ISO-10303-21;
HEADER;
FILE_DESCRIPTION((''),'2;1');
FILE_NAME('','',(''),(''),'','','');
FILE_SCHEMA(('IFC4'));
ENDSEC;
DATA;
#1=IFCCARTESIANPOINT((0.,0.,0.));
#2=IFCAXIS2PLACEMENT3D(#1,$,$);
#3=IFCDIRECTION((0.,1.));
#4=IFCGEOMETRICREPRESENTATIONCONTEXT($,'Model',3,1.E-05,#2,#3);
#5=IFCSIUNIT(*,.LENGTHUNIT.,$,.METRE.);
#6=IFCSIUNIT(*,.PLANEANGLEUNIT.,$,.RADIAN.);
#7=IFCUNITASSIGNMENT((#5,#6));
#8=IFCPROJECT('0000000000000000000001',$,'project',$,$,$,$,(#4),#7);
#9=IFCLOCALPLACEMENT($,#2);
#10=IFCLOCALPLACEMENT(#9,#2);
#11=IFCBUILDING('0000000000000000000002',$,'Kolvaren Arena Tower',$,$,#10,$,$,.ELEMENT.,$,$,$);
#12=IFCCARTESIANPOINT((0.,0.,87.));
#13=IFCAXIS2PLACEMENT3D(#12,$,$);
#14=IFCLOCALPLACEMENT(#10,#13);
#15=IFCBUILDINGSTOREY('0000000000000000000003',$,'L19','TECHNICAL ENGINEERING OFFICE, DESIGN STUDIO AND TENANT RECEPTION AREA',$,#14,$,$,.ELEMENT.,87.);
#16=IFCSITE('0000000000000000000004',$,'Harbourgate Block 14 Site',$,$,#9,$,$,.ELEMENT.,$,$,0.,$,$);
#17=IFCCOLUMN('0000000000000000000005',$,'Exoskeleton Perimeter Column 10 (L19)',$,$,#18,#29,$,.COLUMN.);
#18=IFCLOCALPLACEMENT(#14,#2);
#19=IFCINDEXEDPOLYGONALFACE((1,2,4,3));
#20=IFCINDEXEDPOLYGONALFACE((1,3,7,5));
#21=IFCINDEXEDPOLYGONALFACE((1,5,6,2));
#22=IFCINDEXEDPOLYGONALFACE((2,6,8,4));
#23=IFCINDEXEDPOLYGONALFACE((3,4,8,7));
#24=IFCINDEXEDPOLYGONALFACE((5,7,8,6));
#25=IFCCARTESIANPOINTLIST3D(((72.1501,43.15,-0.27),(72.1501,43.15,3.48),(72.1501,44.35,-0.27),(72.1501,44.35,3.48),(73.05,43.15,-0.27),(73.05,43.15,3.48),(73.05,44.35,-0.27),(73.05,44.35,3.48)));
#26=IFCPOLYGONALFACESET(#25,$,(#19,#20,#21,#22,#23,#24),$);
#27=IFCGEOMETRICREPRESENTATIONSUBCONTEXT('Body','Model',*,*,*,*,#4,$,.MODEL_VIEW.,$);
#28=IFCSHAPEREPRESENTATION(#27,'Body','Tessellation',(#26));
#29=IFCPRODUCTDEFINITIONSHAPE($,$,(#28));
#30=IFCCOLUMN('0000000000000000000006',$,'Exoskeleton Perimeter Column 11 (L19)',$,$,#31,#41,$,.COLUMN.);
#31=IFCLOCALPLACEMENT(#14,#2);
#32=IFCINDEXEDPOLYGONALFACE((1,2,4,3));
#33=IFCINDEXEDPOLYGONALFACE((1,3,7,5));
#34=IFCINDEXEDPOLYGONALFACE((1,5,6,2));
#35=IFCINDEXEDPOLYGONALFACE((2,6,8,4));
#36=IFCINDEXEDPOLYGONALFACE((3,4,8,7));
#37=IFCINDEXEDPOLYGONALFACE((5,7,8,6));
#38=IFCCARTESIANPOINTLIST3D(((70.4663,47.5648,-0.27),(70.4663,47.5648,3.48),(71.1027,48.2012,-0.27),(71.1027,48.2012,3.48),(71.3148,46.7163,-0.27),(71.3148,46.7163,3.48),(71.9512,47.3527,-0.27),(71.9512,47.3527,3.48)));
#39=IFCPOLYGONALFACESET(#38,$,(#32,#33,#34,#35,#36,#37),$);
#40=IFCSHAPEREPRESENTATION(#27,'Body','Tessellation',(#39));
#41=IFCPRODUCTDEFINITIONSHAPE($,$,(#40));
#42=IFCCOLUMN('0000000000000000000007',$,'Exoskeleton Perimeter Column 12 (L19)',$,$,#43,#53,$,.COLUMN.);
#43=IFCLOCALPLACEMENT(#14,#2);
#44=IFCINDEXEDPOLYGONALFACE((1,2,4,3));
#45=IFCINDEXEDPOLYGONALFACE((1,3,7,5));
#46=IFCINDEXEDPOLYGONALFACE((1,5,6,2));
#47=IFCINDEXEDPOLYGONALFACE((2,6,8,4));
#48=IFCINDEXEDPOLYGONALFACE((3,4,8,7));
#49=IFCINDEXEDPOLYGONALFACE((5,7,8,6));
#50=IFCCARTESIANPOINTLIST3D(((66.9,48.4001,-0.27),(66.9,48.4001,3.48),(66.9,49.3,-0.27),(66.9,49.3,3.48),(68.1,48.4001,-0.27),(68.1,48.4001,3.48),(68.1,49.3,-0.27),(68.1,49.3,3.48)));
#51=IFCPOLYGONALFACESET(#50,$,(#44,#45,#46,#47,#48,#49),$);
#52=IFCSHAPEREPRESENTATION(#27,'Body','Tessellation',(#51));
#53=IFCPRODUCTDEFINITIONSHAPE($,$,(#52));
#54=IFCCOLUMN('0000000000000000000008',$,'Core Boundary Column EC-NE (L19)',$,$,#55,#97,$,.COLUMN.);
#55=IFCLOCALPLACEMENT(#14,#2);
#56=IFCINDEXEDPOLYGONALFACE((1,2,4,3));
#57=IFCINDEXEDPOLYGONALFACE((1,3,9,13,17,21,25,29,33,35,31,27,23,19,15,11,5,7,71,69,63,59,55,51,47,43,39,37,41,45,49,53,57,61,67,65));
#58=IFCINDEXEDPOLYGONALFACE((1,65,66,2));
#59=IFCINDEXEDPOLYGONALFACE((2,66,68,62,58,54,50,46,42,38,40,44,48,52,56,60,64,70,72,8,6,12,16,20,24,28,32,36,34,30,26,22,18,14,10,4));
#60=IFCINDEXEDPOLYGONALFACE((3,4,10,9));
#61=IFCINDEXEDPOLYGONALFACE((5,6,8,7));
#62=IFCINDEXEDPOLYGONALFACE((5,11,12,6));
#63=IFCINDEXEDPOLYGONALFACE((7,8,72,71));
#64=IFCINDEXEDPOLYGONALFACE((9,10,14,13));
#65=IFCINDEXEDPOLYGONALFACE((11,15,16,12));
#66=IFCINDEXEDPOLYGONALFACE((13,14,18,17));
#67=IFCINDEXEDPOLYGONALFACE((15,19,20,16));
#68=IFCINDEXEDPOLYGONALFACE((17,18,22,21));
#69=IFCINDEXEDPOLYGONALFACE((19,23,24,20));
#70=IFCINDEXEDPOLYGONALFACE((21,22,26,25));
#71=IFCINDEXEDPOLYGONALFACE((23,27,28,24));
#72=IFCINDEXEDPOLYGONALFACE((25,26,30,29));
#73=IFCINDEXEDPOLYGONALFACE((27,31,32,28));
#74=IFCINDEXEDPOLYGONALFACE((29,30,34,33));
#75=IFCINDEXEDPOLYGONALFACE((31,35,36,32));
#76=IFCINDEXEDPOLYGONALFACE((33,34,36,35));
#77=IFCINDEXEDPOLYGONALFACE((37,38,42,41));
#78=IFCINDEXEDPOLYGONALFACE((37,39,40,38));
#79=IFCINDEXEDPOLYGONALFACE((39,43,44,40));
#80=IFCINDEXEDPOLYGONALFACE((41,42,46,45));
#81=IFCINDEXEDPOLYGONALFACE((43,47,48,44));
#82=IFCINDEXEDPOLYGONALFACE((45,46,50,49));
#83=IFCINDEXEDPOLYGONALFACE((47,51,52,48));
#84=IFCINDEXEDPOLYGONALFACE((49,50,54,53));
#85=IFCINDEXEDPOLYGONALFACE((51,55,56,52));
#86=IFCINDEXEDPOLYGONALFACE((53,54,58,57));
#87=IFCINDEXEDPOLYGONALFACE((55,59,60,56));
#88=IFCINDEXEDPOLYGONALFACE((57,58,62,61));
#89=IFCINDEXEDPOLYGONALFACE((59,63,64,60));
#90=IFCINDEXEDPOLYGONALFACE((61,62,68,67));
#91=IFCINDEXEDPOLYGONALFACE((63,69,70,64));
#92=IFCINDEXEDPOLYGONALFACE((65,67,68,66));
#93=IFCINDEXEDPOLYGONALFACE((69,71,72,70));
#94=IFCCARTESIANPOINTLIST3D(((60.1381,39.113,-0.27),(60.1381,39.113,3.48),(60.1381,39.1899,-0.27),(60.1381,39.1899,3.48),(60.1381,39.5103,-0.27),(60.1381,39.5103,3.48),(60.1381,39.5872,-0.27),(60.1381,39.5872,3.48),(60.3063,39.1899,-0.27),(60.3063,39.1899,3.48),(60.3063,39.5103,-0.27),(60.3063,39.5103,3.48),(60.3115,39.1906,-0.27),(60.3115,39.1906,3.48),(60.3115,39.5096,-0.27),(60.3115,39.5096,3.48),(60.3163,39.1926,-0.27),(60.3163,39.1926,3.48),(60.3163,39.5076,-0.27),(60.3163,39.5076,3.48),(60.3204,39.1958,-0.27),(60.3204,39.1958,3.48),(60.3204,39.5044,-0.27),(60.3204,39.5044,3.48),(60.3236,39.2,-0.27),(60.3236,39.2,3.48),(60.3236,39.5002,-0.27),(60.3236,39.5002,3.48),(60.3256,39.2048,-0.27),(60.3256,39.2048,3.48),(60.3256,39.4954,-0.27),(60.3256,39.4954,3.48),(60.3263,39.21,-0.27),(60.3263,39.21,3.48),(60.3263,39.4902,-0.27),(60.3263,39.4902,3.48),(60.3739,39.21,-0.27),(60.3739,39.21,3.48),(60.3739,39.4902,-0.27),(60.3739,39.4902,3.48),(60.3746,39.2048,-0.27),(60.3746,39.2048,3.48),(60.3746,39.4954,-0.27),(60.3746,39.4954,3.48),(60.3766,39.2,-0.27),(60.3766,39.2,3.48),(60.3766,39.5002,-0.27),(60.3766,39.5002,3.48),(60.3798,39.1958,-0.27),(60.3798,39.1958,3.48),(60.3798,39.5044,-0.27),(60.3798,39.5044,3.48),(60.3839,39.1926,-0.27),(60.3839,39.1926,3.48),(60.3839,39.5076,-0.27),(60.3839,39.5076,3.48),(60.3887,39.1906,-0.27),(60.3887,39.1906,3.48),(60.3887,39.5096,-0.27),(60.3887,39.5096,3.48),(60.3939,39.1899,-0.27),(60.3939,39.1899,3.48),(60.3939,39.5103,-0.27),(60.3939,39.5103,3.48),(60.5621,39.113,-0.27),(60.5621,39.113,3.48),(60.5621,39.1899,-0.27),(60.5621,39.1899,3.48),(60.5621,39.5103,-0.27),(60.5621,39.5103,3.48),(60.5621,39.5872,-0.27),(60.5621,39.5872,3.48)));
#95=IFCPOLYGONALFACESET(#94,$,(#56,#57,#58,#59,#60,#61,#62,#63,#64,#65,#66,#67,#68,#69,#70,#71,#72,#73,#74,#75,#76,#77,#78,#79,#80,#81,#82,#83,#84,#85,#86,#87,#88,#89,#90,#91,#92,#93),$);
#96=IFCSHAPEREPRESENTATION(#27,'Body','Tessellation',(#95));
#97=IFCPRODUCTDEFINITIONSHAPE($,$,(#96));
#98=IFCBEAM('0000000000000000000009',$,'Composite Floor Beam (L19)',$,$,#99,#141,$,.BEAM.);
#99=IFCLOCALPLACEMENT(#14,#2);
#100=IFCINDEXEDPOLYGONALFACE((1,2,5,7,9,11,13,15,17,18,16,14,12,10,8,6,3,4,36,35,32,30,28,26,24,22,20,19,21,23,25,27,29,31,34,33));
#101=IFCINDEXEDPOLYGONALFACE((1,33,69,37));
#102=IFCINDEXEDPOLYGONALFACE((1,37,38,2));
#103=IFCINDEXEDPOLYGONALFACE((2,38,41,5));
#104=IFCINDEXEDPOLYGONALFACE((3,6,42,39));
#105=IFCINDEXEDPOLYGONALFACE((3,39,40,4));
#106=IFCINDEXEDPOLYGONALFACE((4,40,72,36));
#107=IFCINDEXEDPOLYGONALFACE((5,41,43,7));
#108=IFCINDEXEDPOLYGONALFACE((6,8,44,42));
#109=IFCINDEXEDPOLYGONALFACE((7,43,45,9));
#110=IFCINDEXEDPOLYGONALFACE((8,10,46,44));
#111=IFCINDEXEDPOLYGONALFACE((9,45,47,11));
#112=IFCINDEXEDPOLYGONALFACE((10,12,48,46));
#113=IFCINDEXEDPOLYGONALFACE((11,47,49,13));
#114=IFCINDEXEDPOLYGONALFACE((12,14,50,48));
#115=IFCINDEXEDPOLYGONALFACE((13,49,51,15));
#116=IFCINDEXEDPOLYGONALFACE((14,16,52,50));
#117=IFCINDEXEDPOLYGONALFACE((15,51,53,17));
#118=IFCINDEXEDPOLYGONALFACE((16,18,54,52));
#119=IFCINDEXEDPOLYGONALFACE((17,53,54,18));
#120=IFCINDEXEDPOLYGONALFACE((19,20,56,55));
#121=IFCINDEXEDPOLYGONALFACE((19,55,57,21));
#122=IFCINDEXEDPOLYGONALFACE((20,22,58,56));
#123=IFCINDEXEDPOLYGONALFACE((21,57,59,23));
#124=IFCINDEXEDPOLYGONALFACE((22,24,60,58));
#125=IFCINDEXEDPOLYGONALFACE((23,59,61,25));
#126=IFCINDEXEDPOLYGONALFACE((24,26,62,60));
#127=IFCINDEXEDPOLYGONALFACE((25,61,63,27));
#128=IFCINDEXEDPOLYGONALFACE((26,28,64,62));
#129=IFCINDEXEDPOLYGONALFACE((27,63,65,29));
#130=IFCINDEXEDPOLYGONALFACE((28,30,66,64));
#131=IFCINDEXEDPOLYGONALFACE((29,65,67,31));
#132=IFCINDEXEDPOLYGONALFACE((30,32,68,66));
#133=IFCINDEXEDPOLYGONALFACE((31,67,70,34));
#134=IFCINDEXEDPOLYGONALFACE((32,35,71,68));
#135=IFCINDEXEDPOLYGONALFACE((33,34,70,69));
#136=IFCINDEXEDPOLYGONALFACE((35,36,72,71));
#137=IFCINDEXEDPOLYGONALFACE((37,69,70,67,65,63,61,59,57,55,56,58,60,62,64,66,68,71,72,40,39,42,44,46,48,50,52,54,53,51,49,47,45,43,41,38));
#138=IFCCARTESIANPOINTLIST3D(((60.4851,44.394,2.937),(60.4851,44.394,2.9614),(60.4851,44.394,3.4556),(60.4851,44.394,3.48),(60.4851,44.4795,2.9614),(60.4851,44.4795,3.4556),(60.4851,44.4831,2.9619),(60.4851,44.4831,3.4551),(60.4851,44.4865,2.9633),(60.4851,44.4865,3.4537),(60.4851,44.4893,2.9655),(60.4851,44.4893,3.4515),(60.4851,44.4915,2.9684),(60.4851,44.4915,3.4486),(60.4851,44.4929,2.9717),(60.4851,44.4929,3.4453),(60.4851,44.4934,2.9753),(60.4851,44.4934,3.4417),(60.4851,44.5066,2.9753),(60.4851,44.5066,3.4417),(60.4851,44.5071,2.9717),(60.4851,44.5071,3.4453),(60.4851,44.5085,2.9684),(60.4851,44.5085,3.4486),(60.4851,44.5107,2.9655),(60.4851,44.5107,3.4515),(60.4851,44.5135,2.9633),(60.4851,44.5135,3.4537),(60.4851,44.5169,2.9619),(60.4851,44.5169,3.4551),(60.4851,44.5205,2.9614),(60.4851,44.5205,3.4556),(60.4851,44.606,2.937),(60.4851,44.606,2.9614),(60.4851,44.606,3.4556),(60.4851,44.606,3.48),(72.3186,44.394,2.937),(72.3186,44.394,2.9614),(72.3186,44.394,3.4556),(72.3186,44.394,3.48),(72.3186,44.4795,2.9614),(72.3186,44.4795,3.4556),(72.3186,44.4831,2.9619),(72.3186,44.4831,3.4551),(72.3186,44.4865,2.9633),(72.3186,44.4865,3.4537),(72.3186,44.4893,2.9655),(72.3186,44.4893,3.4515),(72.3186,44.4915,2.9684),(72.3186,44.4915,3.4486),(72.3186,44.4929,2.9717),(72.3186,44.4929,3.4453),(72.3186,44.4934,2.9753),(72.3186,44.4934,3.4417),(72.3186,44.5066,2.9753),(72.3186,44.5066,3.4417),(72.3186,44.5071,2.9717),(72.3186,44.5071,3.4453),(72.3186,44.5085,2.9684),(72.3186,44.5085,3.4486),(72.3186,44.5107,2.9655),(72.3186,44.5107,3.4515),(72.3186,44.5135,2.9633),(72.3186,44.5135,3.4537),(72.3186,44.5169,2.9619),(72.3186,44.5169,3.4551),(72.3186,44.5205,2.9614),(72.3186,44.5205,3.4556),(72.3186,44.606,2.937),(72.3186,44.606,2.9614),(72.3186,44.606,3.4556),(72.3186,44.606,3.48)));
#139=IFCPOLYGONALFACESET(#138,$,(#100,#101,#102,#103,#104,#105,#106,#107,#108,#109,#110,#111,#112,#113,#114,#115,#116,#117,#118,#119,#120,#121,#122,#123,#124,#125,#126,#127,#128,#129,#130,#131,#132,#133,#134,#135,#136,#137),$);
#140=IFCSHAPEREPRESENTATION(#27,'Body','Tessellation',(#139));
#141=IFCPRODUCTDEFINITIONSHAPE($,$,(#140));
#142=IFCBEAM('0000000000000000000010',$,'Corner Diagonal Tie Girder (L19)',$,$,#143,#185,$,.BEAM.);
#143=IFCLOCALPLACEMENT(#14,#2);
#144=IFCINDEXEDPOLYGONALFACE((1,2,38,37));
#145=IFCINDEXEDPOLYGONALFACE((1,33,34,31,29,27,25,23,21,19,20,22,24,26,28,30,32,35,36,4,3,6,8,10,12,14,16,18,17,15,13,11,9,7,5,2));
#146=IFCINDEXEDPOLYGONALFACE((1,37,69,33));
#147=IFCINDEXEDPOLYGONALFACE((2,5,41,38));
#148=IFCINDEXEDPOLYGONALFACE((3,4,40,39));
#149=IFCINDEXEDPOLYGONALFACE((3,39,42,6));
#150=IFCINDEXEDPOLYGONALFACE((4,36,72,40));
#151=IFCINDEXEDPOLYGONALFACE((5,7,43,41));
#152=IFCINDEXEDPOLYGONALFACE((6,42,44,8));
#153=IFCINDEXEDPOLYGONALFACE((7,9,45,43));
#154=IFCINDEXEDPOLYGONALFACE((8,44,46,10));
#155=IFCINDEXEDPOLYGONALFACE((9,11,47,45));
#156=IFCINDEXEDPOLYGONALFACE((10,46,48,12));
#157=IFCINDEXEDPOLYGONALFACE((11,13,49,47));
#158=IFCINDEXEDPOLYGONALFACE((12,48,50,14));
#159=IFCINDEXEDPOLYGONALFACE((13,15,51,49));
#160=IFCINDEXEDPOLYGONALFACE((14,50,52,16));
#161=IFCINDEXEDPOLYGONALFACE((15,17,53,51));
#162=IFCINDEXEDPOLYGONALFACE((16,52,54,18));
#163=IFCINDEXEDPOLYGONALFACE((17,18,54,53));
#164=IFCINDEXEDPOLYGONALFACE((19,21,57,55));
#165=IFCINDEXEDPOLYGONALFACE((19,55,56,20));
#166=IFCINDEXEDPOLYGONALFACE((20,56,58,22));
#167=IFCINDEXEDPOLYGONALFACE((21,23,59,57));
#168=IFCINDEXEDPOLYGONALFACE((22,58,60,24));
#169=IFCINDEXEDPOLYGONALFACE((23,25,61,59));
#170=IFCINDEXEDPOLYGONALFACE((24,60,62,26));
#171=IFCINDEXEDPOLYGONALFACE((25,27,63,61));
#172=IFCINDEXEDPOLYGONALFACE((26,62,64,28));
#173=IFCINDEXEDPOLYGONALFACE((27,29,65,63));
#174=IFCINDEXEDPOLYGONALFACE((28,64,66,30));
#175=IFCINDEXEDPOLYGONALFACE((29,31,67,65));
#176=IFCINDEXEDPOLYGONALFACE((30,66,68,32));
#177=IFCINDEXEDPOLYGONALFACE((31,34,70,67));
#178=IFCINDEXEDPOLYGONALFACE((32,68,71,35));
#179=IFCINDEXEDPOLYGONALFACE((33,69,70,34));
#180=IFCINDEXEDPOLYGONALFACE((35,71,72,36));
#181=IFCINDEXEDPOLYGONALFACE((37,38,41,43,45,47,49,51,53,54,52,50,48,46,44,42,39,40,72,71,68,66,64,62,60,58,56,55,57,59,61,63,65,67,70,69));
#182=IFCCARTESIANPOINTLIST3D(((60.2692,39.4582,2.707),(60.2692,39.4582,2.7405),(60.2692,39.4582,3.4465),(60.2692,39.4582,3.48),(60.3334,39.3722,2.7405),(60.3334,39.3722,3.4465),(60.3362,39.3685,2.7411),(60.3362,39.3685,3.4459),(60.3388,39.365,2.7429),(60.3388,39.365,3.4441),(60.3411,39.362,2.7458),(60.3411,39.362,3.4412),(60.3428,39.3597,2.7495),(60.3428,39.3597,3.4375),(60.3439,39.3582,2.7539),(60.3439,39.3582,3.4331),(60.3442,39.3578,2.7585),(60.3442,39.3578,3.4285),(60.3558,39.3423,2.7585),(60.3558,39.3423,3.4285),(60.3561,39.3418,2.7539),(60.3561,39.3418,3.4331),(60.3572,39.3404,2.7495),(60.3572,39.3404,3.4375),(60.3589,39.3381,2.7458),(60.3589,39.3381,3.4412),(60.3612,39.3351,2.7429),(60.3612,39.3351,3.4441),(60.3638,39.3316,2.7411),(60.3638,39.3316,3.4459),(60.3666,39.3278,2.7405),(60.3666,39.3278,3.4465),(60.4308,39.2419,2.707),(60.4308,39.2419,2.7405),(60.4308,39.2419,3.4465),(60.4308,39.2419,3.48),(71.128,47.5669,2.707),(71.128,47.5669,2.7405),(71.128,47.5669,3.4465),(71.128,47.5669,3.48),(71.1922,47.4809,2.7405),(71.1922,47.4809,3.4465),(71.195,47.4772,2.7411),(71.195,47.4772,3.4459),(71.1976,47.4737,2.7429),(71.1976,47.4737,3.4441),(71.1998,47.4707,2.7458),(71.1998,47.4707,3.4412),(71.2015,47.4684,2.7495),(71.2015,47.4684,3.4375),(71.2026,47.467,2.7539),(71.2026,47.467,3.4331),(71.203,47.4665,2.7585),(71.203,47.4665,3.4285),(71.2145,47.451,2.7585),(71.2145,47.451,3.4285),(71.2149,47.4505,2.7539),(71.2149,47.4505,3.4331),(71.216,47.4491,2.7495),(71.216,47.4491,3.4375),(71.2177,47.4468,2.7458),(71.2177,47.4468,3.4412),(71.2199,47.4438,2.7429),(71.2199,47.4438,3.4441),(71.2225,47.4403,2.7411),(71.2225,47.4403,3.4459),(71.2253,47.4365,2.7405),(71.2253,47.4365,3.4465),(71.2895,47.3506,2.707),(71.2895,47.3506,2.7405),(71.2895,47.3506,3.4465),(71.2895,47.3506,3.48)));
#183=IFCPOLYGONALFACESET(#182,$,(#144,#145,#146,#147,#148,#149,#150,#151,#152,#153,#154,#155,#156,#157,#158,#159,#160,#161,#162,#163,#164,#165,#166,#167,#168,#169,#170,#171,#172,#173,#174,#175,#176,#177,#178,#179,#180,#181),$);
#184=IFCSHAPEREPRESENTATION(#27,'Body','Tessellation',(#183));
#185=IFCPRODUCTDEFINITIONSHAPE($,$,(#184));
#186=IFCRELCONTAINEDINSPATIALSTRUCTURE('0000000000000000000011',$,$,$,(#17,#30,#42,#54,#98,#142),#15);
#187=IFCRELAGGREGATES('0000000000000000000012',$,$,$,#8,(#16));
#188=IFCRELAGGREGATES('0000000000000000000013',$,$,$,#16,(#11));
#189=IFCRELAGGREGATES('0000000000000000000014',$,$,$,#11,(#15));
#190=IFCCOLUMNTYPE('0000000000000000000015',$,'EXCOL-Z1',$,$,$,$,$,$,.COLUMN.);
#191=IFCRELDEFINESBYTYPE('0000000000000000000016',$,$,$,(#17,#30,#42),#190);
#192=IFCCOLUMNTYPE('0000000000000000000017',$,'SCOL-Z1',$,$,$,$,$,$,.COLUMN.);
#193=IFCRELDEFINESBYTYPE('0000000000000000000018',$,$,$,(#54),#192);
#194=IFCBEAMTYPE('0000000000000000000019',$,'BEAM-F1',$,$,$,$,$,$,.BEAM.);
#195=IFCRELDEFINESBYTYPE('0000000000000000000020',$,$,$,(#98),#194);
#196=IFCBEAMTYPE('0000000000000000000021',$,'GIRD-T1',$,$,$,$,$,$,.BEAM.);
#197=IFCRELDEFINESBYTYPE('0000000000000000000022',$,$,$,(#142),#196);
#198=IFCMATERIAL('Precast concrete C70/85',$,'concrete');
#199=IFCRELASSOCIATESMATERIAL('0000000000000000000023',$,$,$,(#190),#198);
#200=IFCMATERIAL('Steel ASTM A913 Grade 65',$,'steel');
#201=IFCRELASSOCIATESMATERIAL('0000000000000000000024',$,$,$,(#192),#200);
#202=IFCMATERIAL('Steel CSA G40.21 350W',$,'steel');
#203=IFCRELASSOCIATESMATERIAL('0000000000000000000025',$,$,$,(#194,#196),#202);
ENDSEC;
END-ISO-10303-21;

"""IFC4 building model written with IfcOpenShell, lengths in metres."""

from ifc_helpers import new_model, si_unit, direction, frame, origin, origin_2d, place, context, subcontext, project, spatial, rectangle, i_section, extrude, material, material_profile, profile_set, type_object, element, save


model = new_model("IFC4")

# Units and contexts
model_context = context("Model", 3, precision=1e-05, world=origin(), true_north=direction((0.0, 1.0)))
body_context = subcontext(model_context, "Body", "Model", "MODEL_VIEW")
ifc_project = project(units=[si_unit("LENGTHUNIT", "METRE"), si_unit("PLANEANGLEUNIT", "RADIAN")], contexts=[model_context])

# Site, building, storey
site_placement = place(None, origin())
site = spatial("IfcSite", under=ifc_project, at=site_placement, Name="Harbourgate Block 14 Site", CompositionType="ELEMENT", RefElevation=0.0)
building_placement = place(site_placement, origin())
building = spatial("IfcBuilding", under=site, at=building_placement, Name="Kolvaren Arena Tower", CompositionType="ELEMENT")
storey_placement = place(building_placement, frame((0.0, 0.0, 87.0)))
storey = spatial("IfcBuildingStorey", under=building, at=storey_placement, Name="L19", Description="TECHNICAL ENGINEERING OFFICE, DESIGN STUDIO AND TENANT RECEPTION AREA", CompositionType="ELEMENT", Elevation=87.0)

# Columns
ifc_material_1 = material(Name="Precast concrete C70/85", Category="concrete")
ifc_material_profile_1 = material_profile(ifc_material_1, rectangle(XDim=1.2, YDim=0.8999, at=origin_2d()), Name="RC-1200x900")
ifc_profile_set_1 = profile_set([ifc_material_profile_1], Name="Precast concrete C70/85")
column_type_1 = type_object("IfcColumnType", Name="EXCOL-Z1", PredefinedType="COLUMN", material=ifc_profile_set_1)
for number, where, z_axis, x_axis, name in (
    (1, (72.6001, 43.75, -0.27), (0.0, 0.0, 1.0), (0.0, 1.0, 0.0), "Exoskeleton Perimeter Column 10 (L19)"),
    (2, (71.2087, 47.4587, -0.27), (0.0, 0.0, 1.0), (-0.707107, 0.707107, 0.0), "Exoskeleton Perimeter Column 11 (L19)"),
    (3, (67.5, 48.8501, -0.27), (0.0, 0.0, 1.0), (1.0, 0.0, 0.0), "Exoskeleton Perimeter Column 12 (L19)"),
):
    element("IfcColumn", number, at=place(storey_placement, frame(where, z_axis=z_axis, x_axis=x_axis)), inside=storey, type_object=column_type_1, Name=name, PredefinedType="COLUMN", context=body_context, shape_type="SweptSolid", body=[
        extrude(rectangle(XDim=1.2, YDim=0.8999, at=origin_2d()), origin(), (0.0, 0.0, 1.0), 3.75),
    ])
ifc_material_2 = material(Name="Steel ASTM A913 Grade 65", Category="steel")
ifc_material_profile_2 = material_profile(ifc_material_2, i_section(OverallWidth=0.4241, OverallDepth=0.4741, WebThickness=0.0476, FlangeThickness=0.0769, FilletRadius=0.02, at=origin_2d()), Name="W360x634")
ifc_profile_set_2 = profile_set([ifc_material_profile_2], Name="Steel ASTM A913 Grade 65")
column_type_2 = type_object("IfcColumnType", Name="SCOL-Z1", PredefinedType="COLUMN", material=ifc_profile_set_2)
column_placement = place(storey_placement, frame((60.3501, 39.3501, -0.27), z_axis=(0.0, 0.0, 1.0), x_axis=(1.0, 0.0, 0.0)))
element("IfcColumn", 4, at=column_placement, inside=storey, type_object=column_type_2, Name="Core Boundary Column EC-NE (L19)", PredefinedType="COLUMN", context=body_context, shape_type="SweptSolid", body=[
    extrude(i_section(OverallWidth=0.4241, OverallDepth=0.4741, WebThickness=0.0476, FlangeThickness=0.0769, FilletRadius=0.02, at=origin_2d()), origin(), (0.0, 0.0, 1.0), 3.75),
])

# Beams
ifc_material_3 = material(Name="Steel CSA G40.21 350W", Category="steel")
ifc_material_profile_3 = material_profile(ifc_material_3, i_section(OverallWidth=0.2119, OverallDepth=0.543, WebThickness=0.0132, FlangeThickness=0.0244, FilletRadius=0.0139, at=origin_2d()), Name="W530x150")
ifc_profile_set_3 = profile_set([ifc_material_profile_3], Name="Steel CSA G40.21 350W")
beam_type_1 = type_object("IfcBeamType", Name="BEAM-F1", PredefinedType="BEAM", material=ifc_profile_set_3)
beam_1_placement = place(storey_placement, frame((60.4851, 44.5, 3.2085), z_axis=(1.0, 0.0, 0.0), x_axis=(0.0, 1.0, 0.0)))
element("IfcBeam", 5, at=beam_1_placement, inside=storey, type_object=beam_type_1, Name="Composite Floor Beam (L19)", PredefinedType="BEAM", context=body_context, shape_type="SweptSolid", body=[
    extrude(i_section(OverallWidth=0.2119, OverallDepth=0.543, WebThickness=0.0132, FlangeThickness=0.0244, FilletRadius=0.0139, at=origin_2d()), origin(), (0.0, 0.0, 1.0), 11.8335),
])
ifc_material_profile_4 = material_profile(ifc_material_3, i_section(OverallWidth=0.27, OverallDepth=0.7729, WebThickness=0.0193, FlangeThickness=0.0334, FilletRadius=0.0181, at=origin_2d()), Name="W760x257")
ifc_profile_set_4 = profile_set([ifc_material_profile_4], Name="Steel CSA G40.21 350W")
beam_type_2 = type_object("IfcBeamType", Name="GIRD-T1", PredefinedType="BEAM", material=ifc_profile_set_4)
beam_2_placement = place(storey_placement, frame((71.2087, 47.4587, 3.0935), z_axis=(-0.80125, -0.59833, 0.0), x_axis=(0.59833, -0.80125, 0.0)))
element("IfcBeam", 6, at=beam_2_placement, inside=storey, type_object=beam_type_2, Name="Corner Diagonal Tie Girder (L19)", PredefinedType="BEAM", context=body_context, shape_type="SweptSolid", body=[
    extrude(i_section(OverallWidth=0.27, OverallDepth=0.7729, WebThickness=0.0193, FlangeThickness=0.0334, FilletRadius=0.0181, at=origin_2d()), origin(), (0.0, 0.0, 1.0), 13.5522),
])

save(model, "model.ifc")
